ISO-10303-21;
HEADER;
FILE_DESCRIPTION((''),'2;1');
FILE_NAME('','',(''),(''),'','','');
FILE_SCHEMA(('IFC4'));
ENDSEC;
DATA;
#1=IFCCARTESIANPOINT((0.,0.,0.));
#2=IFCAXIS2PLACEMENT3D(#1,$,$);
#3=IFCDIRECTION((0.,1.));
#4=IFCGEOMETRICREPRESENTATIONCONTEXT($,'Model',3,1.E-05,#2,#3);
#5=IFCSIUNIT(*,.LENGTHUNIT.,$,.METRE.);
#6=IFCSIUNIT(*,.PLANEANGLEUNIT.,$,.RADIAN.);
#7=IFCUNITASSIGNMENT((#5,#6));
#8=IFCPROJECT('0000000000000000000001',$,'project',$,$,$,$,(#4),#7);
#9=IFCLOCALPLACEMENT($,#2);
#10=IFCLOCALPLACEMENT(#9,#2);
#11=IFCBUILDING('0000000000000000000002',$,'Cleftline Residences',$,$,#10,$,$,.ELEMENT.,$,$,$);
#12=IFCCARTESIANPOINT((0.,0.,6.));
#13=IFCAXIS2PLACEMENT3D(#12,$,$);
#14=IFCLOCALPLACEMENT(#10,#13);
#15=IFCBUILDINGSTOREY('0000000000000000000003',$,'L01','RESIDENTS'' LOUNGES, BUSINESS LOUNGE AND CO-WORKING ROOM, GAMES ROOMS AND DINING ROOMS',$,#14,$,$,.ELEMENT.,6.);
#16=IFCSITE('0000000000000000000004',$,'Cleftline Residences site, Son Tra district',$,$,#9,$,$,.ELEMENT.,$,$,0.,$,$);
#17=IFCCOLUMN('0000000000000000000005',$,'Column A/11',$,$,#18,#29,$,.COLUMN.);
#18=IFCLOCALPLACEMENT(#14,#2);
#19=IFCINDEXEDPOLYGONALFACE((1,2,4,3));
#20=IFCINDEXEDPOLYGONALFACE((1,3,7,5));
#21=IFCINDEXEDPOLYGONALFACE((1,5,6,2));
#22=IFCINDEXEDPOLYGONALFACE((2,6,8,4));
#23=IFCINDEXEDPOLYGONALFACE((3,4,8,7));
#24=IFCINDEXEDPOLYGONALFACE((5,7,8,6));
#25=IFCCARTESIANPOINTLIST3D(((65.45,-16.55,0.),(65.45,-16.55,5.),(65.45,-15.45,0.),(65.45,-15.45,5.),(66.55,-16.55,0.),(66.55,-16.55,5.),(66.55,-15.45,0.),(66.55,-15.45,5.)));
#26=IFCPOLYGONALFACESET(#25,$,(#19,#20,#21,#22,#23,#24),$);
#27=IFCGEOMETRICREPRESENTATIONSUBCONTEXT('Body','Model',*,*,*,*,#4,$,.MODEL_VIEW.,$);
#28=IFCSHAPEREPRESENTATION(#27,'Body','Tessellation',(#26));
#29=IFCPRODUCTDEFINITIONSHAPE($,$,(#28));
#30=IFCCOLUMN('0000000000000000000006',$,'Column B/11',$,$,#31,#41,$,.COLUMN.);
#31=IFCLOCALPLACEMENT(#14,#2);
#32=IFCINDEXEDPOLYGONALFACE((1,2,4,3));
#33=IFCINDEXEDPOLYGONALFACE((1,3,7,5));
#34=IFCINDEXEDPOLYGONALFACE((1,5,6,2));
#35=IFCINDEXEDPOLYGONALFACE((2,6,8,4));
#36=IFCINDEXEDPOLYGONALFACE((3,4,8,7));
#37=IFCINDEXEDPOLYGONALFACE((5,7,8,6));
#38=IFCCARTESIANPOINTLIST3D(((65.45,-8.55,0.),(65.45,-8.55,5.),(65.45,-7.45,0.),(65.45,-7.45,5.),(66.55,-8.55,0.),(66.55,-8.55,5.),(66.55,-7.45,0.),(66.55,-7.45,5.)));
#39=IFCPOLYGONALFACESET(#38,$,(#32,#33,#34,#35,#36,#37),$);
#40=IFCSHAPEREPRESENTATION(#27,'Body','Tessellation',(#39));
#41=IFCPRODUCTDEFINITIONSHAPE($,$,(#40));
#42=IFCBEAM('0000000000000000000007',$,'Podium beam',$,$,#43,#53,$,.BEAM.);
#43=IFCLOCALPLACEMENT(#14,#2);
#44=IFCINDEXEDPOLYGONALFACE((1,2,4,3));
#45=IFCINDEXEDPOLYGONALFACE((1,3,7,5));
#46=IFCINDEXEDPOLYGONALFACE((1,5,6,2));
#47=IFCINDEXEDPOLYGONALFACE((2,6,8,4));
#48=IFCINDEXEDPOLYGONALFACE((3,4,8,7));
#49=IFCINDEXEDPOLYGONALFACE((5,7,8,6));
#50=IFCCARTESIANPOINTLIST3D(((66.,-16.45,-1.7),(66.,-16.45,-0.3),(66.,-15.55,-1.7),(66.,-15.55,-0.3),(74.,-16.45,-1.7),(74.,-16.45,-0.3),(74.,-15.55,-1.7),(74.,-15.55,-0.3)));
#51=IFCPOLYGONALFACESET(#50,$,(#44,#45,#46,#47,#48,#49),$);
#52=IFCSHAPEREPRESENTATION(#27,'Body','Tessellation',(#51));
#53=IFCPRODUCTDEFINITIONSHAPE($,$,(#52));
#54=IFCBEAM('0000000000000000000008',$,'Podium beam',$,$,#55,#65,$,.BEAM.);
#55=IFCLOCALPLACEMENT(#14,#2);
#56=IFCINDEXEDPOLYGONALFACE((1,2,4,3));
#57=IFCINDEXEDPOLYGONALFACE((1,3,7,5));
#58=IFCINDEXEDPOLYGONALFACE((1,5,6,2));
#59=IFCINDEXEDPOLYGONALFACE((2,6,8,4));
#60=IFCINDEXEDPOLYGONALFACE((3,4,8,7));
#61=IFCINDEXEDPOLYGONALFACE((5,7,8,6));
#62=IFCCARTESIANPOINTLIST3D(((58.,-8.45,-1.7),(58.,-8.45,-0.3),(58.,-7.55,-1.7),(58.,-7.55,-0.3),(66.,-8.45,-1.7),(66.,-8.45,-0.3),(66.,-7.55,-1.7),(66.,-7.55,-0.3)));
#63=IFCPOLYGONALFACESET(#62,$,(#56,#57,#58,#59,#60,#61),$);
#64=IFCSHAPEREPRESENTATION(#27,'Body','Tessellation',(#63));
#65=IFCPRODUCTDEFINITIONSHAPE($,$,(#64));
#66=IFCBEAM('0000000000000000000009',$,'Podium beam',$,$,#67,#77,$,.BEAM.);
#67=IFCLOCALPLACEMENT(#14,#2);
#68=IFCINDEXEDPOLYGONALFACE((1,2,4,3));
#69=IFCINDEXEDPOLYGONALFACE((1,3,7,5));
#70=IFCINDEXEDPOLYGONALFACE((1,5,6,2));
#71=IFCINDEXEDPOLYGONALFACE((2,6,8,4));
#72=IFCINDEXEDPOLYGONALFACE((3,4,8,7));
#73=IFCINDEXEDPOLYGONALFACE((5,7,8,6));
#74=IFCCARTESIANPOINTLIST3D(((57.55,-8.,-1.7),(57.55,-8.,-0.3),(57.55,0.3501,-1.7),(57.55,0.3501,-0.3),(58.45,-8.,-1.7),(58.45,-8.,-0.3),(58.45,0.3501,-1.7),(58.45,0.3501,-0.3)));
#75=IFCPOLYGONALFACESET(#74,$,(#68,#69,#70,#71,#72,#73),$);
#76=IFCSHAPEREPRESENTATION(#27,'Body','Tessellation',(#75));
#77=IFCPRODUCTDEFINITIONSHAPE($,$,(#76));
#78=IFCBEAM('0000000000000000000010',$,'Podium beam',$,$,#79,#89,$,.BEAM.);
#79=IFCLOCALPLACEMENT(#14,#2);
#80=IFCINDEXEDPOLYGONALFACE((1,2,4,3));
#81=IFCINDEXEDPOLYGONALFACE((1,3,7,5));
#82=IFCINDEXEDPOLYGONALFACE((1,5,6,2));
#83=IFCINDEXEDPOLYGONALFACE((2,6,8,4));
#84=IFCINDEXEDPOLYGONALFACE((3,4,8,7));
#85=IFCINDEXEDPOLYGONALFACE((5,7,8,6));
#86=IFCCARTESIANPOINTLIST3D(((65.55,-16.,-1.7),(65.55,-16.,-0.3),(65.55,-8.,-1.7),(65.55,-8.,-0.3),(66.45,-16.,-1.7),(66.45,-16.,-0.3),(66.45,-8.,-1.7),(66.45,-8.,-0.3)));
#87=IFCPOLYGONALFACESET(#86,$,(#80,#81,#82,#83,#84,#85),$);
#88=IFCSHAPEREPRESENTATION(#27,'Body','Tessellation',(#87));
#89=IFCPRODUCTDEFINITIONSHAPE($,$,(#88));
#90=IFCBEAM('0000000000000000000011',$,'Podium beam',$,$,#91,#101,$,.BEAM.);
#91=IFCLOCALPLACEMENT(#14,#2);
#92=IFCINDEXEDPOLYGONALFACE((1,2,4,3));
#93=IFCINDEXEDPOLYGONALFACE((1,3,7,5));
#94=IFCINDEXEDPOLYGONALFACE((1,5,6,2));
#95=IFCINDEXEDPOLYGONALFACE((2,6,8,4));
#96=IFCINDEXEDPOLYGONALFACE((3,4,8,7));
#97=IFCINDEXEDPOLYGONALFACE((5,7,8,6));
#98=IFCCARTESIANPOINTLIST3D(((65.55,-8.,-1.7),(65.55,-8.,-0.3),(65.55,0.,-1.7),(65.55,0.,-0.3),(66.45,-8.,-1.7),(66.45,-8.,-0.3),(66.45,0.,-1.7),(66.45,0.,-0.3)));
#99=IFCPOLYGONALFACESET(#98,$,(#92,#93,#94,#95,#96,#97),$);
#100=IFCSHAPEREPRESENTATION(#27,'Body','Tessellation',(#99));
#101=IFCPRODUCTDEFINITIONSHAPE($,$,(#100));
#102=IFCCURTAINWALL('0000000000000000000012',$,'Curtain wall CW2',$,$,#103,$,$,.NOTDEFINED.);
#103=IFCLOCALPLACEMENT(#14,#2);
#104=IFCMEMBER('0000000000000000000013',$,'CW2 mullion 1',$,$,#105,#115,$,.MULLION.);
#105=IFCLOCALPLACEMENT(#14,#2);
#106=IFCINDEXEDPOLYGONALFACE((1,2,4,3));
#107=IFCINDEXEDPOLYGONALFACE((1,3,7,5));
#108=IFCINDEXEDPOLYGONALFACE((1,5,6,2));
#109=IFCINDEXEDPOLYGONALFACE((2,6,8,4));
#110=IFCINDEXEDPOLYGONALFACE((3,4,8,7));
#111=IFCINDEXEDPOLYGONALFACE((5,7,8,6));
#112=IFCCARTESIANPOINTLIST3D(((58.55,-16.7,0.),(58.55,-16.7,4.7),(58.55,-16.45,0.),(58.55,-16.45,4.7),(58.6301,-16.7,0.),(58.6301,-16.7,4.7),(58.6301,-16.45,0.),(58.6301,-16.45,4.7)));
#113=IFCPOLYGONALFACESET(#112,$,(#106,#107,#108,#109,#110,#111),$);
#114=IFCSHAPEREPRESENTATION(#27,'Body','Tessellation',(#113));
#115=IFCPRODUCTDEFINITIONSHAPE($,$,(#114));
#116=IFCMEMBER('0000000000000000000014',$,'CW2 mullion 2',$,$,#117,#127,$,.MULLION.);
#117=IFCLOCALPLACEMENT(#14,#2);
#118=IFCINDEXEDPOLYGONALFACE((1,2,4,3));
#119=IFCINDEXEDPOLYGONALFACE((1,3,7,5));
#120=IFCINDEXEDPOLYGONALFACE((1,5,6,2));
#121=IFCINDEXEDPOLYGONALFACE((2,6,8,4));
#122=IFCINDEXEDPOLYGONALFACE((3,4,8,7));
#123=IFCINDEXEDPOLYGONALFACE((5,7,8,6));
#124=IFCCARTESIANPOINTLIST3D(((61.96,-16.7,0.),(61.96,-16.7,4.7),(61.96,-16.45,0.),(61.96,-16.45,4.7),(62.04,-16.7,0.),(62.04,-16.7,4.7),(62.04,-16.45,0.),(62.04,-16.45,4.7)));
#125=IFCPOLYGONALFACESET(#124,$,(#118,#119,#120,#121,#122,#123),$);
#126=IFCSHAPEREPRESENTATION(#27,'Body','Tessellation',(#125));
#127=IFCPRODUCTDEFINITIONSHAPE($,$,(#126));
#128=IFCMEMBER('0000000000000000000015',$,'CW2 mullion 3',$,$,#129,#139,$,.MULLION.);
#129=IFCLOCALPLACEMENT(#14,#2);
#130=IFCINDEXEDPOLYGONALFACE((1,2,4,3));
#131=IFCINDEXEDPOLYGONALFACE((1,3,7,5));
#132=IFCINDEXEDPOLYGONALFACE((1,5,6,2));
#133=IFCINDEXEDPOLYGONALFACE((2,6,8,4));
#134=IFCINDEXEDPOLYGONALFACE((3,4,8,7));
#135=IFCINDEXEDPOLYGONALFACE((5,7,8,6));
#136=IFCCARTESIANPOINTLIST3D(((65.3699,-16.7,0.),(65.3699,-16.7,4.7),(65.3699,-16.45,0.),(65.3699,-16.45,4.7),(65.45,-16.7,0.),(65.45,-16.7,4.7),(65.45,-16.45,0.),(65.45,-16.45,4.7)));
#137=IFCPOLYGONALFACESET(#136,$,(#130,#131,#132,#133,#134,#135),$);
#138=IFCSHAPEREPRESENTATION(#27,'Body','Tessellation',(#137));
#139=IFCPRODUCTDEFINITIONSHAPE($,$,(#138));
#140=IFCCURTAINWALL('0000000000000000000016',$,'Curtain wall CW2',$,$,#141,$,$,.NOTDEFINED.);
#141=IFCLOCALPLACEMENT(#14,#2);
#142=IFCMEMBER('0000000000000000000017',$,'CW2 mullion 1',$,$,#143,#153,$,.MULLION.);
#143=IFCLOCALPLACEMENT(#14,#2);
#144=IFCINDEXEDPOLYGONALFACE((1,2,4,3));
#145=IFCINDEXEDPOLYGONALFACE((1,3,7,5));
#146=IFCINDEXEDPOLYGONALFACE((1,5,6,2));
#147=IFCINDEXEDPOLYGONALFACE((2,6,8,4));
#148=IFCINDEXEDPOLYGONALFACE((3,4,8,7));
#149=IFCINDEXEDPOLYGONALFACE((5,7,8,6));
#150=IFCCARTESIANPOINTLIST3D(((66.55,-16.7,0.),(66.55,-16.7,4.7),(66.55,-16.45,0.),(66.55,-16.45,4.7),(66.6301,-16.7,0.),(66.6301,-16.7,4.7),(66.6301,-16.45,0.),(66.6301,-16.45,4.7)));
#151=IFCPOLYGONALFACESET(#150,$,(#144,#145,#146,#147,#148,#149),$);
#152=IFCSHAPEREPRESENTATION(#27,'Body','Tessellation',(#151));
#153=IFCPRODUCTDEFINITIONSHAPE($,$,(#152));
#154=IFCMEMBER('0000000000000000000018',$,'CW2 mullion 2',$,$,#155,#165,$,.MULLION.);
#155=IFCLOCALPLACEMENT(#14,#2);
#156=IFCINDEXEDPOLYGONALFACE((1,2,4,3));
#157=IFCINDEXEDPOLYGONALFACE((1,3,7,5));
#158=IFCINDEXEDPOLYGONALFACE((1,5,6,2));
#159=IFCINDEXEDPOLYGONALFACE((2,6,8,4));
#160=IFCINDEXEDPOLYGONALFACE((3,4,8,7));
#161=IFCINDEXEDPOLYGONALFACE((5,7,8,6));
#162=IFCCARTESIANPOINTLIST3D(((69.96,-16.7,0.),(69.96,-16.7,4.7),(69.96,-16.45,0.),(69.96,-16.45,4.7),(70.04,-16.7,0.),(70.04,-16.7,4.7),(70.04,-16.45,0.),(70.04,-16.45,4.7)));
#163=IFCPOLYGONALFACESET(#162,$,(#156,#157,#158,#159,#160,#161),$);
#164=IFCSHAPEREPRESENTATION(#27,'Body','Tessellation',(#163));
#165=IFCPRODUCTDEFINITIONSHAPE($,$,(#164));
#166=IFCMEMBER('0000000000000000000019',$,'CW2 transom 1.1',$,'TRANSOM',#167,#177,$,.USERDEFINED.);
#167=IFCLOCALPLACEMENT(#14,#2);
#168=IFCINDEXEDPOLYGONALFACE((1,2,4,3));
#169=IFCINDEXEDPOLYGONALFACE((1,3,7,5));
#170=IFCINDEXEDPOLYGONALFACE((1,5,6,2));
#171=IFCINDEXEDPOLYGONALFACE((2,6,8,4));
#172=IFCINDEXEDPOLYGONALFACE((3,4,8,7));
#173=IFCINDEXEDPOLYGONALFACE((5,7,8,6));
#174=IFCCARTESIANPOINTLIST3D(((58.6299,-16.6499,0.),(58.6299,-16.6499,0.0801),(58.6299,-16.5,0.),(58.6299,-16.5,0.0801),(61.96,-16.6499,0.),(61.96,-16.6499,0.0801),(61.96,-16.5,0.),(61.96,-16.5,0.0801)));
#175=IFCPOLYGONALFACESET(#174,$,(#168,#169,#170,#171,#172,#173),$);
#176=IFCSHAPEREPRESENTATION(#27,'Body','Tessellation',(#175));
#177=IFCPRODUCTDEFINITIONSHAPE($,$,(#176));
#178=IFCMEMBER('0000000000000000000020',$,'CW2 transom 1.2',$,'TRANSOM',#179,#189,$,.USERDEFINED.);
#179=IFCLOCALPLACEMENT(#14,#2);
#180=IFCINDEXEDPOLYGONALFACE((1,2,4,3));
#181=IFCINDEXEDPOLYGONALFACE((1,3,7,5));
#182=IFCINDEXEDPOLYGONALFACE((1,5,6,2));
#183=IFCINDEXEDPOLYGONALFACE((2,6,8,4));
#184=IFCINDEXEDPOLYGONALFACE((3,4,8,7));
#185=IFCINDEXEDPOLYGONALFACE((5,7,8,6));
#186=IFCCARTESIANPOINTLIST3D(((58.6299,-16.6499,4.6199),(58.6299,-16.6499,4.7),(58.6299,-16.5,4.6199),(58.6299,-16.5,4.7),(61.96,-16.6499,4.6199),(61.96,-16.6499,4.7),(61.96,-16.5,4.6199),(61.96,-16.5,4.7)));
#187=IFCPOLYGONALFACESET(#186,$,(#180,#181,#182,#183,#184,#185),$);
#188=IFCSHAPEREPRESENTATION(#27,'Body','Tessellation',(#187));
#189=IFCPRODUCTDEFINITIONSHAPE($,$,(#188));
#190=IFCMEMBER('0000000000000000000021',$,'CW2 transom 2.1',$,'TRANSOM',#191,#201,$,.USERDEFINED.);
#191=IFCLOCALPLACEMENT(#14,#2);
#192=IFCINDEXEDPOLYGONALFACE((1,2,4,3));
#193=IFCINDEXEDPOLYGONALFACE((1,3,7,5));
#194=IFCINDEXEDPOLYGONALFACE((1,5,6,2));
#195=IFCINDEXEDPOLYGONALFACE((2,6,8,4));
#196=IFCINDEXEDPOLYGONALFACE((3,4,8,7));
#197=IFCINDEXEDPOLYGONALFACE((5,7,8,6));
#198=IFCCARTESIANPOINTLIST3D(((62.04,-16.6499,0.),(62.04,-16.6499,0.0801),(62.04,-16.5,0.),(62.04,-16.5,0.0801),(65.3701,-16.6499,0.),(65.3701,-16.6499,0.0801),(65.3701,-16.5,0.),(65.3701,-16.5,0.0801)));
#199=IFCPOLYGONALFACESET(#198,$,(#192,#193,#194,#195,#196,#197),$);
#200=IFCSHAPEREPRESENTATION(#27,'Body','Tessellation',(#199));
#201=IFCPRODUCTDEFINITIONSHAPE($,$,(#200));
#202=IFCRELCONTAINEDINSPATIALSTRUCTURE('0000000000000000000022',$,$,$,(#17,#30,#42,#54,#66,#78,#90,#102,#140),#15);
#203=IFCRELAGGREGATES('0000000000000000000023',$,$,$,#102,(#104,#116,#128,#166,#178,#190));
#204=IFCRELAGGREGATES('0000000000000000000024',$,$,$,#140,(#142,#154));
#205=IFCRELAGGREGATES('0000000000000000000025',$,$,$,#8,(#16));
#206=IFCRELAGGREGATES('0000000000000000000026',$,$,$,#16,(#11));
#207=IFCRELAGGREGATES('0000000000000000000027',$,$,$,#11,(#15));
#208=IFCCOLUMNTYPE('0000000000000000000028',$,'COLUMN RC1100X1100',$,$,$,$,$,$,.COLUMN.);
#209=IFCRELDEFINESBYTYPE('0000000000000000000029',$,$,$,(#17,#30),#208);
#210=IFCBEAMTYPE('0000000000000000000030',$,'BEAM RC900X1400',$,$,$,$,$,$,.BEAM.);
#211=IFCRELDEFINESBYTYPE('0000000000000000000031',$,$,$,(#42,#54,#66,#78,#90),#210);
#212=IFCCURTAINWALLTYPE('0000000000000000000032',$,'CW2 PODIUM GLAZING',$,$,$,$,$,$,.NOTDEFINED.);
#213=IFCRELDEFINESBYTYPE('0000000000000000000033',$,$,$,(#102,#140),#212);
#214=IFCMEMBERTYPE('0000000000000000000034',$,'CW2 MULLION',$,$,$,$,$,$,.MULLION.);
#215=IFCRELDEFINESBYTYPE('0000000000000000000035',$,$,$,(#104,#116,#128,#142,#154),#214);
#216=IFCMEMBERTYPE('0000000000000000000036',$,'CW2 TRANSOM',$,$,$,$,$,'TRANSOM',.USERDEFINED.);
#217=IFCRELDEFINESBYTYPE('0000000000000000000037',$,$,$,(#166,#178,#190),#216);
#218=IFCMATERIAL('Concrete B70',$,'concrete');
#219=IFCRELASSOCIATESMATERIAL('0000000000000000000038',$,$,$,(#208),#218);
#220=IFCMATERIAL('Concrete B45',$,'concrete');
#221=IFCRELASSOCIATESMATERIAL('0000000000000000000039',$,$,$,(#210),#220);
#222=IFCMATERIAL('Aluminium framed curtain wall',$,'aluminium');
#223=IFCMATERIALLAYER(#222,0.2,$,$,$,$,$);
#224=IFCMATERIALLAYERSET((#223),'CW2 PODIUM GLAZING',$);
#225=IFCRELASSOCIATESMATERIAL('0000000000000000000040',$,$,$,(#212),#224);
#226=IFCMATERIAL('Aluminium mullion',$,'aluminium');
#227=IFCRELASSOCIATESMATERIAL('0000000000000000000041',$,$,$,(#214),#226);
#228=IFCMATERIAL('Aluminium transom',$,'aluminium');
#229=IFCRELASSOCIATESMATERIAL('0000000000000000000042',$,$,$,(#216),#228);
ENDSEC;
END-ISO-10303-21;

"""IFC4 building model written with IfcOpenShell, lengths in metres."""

from ifc_helpers import new_model, si_unit, direction, frame, origin, origin_2d, place, context, subcontext, project, spatial, rectangle, extrude, material, layer, layer_set, material_profile, profile_set, type_object, element, aggregate, save


model = new_model("IFC4")

# Units and contexts
model_context = context("Model", 3, precision=1e-05, world=origin(), true_north=direction((0.0, 1.0)))
body_context = subcontext(model_context, "Body", "Model", "MODEL_VIEW")
ifc_project = project(units=[si_unit("LENGTHUNIT", "METRE"), si_unit("PLANEANGLEUNIT", "RADIAN")], contexts=[model_context])

# Site, building, storey
site_placement = place(None, origin())
site = spatial("IfcSite", under=ifc_project, at=site_placement, Name="Cleftline Residences site, Son Tra district", CompositionType="ELEMENT", RefElevation=0.0)
building_placement = place(site_placement, origin())
building = spatial("IfcBuilding", under=site, at=building_placement, Name="Cleftline Residences", CompositionType="ELEMENT")
storey_placement = place(building_placement, frame((0.0, 0.0, 6.0)))
storey = spatial("IfcBuildingStorey", under=building, at=storey_placement, Name="L01", Description="RESIDENTS' LOUNGES, BUSINESS LOUNGE AND CO-WORKING ROOM, GAMES ROOMS AND DINING ROOMS", CompositionType="ELEMENT", Elevation=6.0)

# Columns
ifc_material_1 = material(Name="Concrete B70", Category="concrete")
ifc_material_profile_1 = material_profile(ifc_material_1, rectangle(XDim=1.1001, YDim=1.1001, at=origin_2d()))
ifc_profile_set_1 = profile_set([ifc_material_profile_1], Name="Concrete B70")
column_type = type_object("IfcColumnType", Name="COLUMN RC1100X1100", PredefinedType="COLUMN", material=ifc_profile_set_1)
for number, where, z_axis, x_axis, name in (
    (1, (66.0, -16.0, 0.0), (0.0, 0.0, 1.0), (1.0, 0.0, 0.0), "Column A/11"),
    (2, (66.0, -8.0, 0.0), (0.0, 0.0, 1.0), (1.0, 0.0, 0.0), "Column B/11"),
):
    element("IfcColumn", number, at=place(storey_placement, frame(where, z_axis=z_axis, x_axis=x_axis)), inside=storey, type_object=column_type, Name=name, PredefinedType="COLUMN", context=body_context, shape_type="SweptSolid", body=[
        extrude(rectangle(XDim=1.1001, YDim=1.1001, at=origin_2d()), origin(), (0.0, 0.0, 1.0), 5.0),
    ])

# Beams
ifc_material_2 = material(Name="Concrete B45", Category="concrete")
ifc_material_profile_2 = material_profile(ifc_material_2, rectangle(XDim=0.8999, YDim=1.3999, at=origin_2d()))
ifc_profile_set_2 = profile_set([ifc_material_profile_2], Name="Concrete B45")
beam_type = type_object("IfcBeamType", Name="BEAM RC900X1400", PredefinedType="BEAM", material=ifc_profile_set_2)
for number, where, z_axis, x_axis, name in (
    (3, (66.0, -16.0, -1.0), (1.0, 0.0, 0.0), (0.0, 1.0, 0.0), "Podium beam"),
    (4, (58.0, -8.0, -1.0), (1.0, 0.0, 0.0), (0.0, 1.0, 0.0), "Podium beam"),
):
    element("IfcBeam", number, at=place(storey_placement, frame(where, z_axis=z_axis, x_axis=x_axis)), inside=storey, type_object=beam_type, Name=name, PredefinedType="BEAM", context=body_context, shape_type="SweptSolid", body=[
        extrude(rectangle(XDim=0.8999, YDim=1.3999, at=origin_2d()), origin(), (0.0, 0.0, 1.0), 8.0),
    ])
beam_placement = place(storey_placement, frame((58.0, -8.0, -1.0), z_axis=(0.0, 1.0, 0.0), x_axis=(-1.0, 0.0, 0.0)))
element("IfcBeam", 5, at=beam_placement, inside=storey, type_object=beam_type, Name="Podium beam", PredefinedType="BEAM", context=body_context, shape_type="SweptSolid", body=[
    extrude(rectangle(XDim=0.8999, YDim=1.3999, at=origin_2d()), origin(), (0.0, 0.0, 1.0), 8.3501),
])
for number, where, z_axis, x_axis, name in (
    (6, (66.0, -16.0, -1.0), (0.0, 1.0, 0.0), (-1.0, 0.0, 0.0), "Podium beam"),
    (7, (66.0, -8.0, -1.0), (0.0, 1.0, 0.0), (-1.0, 0.0, 0.0), "Podium beam"),
):
    element("IfcBeam", number, at=place(storey_placement, frame(where, z_axis=z_axis, x_axis=x_axis)), inside=storey, type_object=beam_type, Name=name, PredefinedType="BEAM", context=body_context, shape_type="SweptSolid", body=[
        extrude(rectangle(XDim=0.8999, YDim=1.3999, at=origin_2d()), origin(), (0.0, 0.0, 1.0), 8.0),
    ])

# Curtain walls, members
ifc_material_3 = material(Name="Aluminium framed curtain wall", Category="aluminium")
ifc_layer_1 = layer(ifc_material_3, 0.2)
ifc_layer_set_1 = layer_set([ifc_layer_1], Name="CW2 PODIUM GLAZING")
curtain_wall_type = type_object("IfcCurtainWallType", Name="CW2 PODIUM GLAZING", PredefinedType="NOTDEFINED", material=ifc_layer_set_1)
curtain_wall_1_placement = place(storey_placement, origin())
curtain_wall_1 = element("IfcCurtainWall", 8, at=curtain_wall_1_placement, inside=storey, type_object=curtain_wall_type, Name="Curtain wall CW2", PredefinedType="NOTDEFINED")
ifc_material_4 = material(Name="Aluminium mullion", Category="aluminium")
ifc_material_profile_3 = material_profile(ifc_material_4, rectangle(XDim=0.25, YDim=0.0801, at=origin_2d()))
ifc_profile_set_3 = profile_set([ifc_material_profile_3], Name="Aluminium mullion")
member_type_1 = type_object("IfcMemberType", Name="CW2 MULLION", PredefinedType="MULLION", material=ifc_profile_set_3)
member_1_placement = place(storey_placement, frame((58.5901, -16.575, 0.0), z_axis=(0.0, 0.0, 1.0), x_axis=(0.0, 1.0, 0.0)))
member_1 = element("IfcMember", 9, at=member_1_placement, type_object=member_type_1, Name="CW2 mullion 1", PredefinedType="MULLION", context=body_context, shape_type="SweptSolid", body=[
    extrude(rectangle(XDim=0.25, YDim=0.0801, at=origin_2d()), origin(), (0.0, 0.0, 1.0), 4.7),
])
member_2_placement = place(storey_placement, frame((62.0, -16.575, 0.0), z_axis=(0.0, 0.0, 1.0), x_axis=(0.0, 1.0, 0.0)))
member_2 = element("IfcMember", 10, at=member_2_placement, type_object=member_type_1, Name="CW2 mullion 2", PredefinedType="MULLION", context=body_context, shape_type="SweptSolid", body=[
    extrude(rectangle(XDim=0.25, YDim=0.0801, at=origin_2d()), origin(), (0.0, 0.0, 1.0), 4.7),
])
member_3_placement = place(storey_placement, frame((65.4099, -16.575, 0.0), z_axis=(0.0, 0.0, 1.0), x_axis=(0.0, 1.0, 0.0)))
member_3 = element("IfcMember", 11, at=member_3_placement, type_object=member_type_1, Name="CW2 mullion 3", PredefinedType="MULLION", context=body_context, shape_type="SweptSolid", body=[
    extrude(rectangle(XDim=0.25, YDim=0.0801, at=origin_2d()), origin(), (0.0, 0.0, 1.0), 4.7),
])
curtain_wall_2_placement = place(storey_placement, origin())
curtain_wall_2 = element("IfcCurtainWall", 12, at=curtain_wall_2_placement, inside=storey, type_object=curtain_wall_type, Name="Curtain wall CW2", PredefinedType="NOTDEFINED")
member_4_placement = place(storey_placement, frame((66.5901, -16.575, 0.0), z_axis=(0.0, 0.0, 1.0), x_axis=(0.0, 1.0, 0.0)))
member_4 = element("IfcMember", 13, at=member_4_placement, type_object=member_type_1, Name="CW2 mullion 1", PredefinedType="MULLION", context=body_context, shape_type="SweptSolid", body=[
    extrude(rectangle(XDim=0.25, YDim=0.0801, at=origin_2d()), origin(), (0.0, 0.0, 1.0), 4.7),
])
member_5_placement = place(storey_placement, frame((70.0, -16.575, 0.0), z_axis=(0.0, 0.0, 1.0), x_axis=(0.0, 1.0, 0.0)))
member_5 = element("IfcMember", 14, at=member_5_placement, type_object=member_type_1, Name="CW2 mullion 2", PredefinedType="MULLION", context=body_context, shape_type="SweptSolid", body=[
    extrude(rectangle(XDim=0.25, YDim=0.0801, at=origin_2d()), origin(), (0.0, 0.0, 1.0), 4.7),
])

# Members
ifc_material_5 = material(Name="Aluminium transom", Category="aluminium")
ifc_material_profile_4 = material_profile(ifc_material_5, rectangle(XDim=0.1499, YDim=0.0801, at=origin_2d()))
ifc_profile_set_4 = profile_set([ifc_material_profile_4], Name="Aluminium transom")
member_type_2 = type_object("IfcMemberType", Name="CW2 TRANSOM", ElementType="TRANSOM", PredefinedType="USERDEFINED", material=ifc_profile_set_4)
member_6_placement = place(storey_placement, frame((58.6299, -16.575, 0.04), z_axis=(1.0, 0.0, 0.0), x_axis=(0.0, 1.0, 0.0)))
member_6 = element("IfcMember", 15, at=member_6_placement, type_object=member_type_2, Name="CW2 transom 1.1", ObjectType="TRANSOM", PredefinedType="USERDEFINED", context=body_context, shape_type="SweptSolid", body=[
    extrude(rectangle(XDim=0.1499, YDim=0.0801, at=origin_2d()), origin(), (0.0, 0.0, 1.0), 3.3301),
])
member_7_placement = place(storey_placement, frame((58.6299, -16.575, 4.6599), z_axis=(1.0, 0.0, 0.0), x_axis=(0.0, 1.0, 0.0)))
member_7 = element("IfcMember", 16, at=member_7_placement, type_object=member_type_2, Name="CW2 transom 1.2", ObjectType="TRANSOM", PredefinedType="USERDEFINED", context=body_context, shape_type="SweptSolid", body=[
    extrude(rectangle(XDim=0.1499, YDim=0.0801, at=origin_2d()), origin(), (0.0, 0.0, 1.0), 3.3301),
])
member_8_placement = place(storey_placement, frame((62.04, -16.575, 0.04), z_axis=(1.0, 0.0, 0.0), x_axis=(0.0, 1.0, 0.0)))
member_8 = element("IfcMember", 17, at=member_8_placement, type_object=member_type_2, Name="CW2 transom 2.1", ObjectType="TRANSOM", PredefinedType="USERDEFINED", context=body_context, shape_type="SweptSolid", body=[
    extrude(rectangle(XDim=0.1499, YDim=0.0801, at=origin_2d()), origin(), (0.0, 0.0, 1.0), 3.3301),
])

aggregate(curtain_wall_1, [member_1, member_2, member_3, member_6, member_7, member_8])
aggregate(curtain_wall_2, [member_4, member_5])

save(model, "model.ifc")
